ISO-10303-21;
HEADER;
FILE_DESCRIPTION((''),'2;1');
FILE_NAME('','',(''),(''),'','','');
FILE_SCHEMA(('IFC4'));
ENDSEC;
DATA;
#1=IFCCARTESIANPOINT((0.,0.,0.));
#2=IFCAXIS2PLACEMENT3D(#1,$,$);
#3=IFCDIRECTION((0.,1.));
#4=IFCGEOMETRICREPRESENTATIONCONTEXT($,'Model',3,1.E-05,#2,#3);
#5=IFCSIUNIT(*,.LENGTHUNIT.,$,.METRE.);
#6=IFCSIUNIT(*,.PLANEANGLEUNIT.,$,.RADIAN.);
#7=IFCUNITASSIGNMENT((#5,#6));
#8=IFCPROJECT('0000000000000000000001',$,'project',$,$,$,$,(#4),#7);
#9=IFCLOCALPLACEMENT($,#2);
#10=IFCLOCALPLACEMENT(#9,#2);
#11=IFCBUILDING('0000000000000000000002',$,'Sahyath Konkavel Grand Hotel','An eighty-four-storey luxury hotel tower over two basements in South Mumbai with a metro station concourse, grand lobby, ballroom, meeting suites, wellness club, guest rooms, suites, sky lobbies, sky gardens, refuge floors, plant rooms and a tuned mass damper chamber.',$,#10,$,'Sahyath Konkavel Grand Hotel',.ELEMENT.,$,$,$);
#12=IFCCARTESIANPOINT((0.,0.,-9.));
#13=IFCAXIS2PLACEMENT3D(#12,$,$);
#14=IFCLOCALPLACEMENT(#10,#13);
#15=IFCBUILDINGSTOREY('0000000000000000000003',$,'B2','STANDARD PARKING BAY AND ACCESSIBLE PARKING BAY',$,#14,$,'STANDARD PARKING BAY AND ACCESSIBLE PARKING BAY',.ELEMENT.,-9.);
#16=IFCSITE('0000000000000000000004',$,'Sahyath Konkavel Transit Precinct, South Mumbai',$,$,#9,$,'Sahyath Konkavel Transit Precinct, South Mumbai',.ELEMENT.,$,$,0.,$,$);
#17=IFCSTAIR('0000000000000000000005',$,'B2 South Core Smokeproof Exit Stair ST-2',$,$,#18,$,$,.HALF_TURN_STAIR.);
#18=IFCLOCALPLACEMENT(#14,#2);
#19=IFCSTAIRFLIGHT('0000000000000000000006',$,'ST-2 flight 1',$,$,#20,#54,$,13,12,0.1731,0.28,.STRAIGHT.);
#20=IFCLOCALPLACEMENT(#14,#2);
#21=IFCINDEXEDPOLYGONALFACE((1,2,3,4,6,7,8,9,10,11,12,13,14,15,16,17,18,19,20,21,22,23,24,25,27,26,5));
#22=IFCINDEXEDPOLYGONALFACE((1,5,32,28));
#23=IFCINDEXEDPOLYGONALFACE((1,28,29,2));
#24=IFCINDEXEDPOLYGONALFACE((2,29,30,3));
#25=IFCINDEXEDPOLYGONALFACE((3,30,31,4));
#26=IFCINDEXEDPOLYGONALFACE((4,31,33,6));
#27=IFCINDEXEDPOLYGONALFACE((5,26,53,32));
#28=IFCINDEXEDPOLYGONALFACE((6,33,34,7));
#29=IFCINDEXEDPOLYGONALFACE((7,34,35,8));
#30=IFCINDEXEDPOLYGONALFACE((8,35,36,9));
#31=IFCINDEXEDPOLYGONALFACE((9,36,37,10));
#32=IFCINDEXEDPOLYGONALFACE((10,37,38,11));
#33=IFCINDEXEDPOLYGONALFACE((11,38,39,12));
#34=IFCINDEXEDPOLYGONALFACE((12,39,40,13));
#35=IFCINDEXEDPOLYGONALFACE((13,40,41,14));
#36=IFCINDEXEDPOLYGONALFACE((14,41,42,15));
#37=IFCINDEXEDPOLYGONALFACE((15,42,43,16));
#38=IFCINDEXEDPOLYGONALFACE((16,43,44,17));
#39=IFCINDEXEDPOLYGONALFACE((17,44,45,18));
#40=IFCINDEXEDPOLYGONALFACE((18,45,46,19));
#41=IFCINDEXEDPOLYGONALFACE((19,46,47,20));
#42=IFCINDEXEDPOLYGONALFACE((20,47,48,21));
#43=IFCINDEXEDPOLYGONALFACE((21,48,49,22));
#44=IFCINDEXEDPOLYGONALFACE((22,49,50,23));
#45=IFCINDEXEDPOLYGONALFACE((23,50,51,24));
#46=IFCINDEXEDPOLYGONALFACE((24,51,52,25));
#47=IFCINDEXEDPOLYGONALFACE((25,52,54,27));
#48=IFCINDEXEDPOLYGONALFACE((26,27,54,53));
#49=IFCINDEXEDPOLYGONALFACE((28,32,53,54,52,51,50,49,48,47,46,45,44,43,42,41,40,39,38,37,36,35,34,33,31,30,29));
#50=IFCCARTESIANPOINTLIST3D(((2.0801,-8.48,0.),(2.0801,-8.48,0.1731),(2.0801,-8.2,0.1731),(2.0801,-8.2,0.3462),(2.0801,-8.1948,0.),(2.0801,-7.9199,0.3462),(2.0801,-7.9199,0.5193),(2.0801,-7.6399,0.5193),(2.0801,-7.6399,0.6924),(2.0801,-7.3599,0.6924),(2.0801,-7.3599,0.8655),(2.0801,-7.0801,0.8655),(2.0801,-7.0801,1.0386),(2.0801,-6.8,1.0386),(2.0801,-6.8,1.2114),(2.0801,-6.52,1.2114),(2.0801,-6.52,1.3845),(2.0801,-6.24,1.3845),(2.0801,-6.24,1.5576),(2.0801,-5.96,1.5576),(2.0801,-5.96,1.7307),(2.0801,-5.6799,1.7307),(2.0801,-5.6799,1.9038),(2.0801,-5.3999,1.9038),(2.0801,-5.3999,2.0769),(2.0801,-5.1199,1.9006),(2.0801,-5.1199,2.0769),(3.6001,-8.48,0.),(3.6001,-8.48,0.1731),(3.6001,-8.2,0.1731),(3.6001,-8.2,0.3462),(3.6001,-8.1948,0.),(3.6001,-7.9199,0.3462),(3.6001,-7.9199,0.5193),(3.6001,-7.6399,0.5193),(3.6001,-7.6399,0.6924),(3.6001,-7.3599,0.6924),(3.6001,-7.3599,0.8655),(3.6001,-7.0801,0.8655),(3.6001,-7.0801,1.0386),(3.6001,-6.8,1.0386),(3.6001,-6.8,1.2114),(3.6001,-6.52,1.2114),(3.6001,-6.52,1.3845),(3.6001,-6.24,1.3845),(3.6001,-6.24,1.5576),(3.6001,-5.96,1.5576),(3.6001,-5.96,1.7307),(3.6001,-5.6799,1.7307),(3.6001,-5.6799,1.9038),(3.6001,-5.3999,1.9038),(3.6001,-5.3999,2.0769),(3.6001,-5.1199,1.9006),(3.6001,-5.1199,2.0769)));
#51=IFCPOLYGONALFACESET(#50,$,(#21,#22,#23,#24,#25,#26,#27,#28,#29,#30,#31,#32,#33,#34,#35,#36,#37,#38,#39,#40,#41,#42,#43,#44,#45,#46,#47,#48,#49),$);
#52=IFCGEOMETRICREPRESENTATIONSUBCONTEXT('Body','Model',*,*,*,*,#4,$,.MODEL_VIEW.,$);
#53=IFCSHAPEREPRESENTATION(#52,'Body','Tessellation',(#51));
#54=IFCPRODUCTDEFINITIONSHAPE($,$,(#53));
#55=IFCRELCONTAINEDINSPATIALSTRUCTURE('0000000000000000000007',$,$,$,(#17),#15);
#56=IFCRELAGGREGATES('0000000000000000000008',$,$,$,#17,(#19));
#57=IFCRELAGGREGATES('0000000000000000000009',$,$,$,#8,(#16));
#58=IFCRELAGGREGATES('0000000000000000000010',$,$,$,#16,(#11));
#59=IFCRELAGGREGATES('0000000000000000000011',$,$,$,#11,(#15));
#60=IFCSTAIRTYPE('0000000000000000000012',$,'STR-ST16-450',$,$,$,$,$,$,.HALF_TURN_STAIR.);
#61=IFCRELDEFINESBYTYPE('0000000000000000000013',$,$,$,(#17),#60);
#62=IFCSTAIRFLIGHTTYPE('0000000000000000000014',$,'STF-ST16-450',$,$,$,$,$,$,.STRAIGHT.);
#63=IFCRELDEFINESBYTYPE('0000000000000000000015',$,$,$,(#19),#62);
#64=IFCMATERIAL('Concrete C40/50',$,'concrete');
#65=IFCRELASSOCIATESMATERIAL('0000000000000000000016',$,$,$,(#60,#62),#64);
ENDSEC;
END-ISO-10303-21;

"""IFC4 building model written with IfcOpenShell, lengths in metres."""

from ifc_helpers import new_model, si_unit, direction, frame, origin, place, context, subcontext, project, spatial, polyline, outline, extrude, material, type_object, element, aggregate, save


model = new_model("IFC4")

# Units and contexts
model_context = context("Model", 3, precision=1e-05, world=origin(), true_north=direction((0.0, 1.0)))
body_context = subcontext(model_context, "Body", "Model", "MODEL_VIEW")
ifc_project = project(units=[si_unit("LENGTHUNIT", "METRE"), si_unit("PLANEANGLEUNIT", "RADIAN")], contexts=[model_context])

# Site, building, storey
site_placement = place(None, origin())
site = spatial("IfcSite", under=ifc_project, at=site_placement, Name="Sahyath Konkavel Transit Precinct, South Mumbai", LongName="Sahyath Konkavel Transit Precinct, South Mumbai", CompositionType="ELEMENT", RefElevation=0.0)
building_placement = place(site_placement, origin())
building = spatial("IfcBuilding", under=site, at=building_placement, Name="Sahyath Konkavel Grand Hotel", Description="An eighty-four-storey luxury hotel tower over two basements in South Mumbai with a metro station concourse, grand lobby, ballroom, meeting suites, wellness club, guest rooms, suites, sky lobbies, sky gardens, refuge floors, plant rooms and a tuned mass damper chamber.", LongName="Sahyath Konkavel Grand Hotel", CompositionType="ELEMENT")
storey_placement = place(building_placement, frame((0.0, 0.0, -9.0)))
storey = spatial("IfcBuildingStorey", under=building, at=storey_placement, Name="B2", Description="STANDARD PARKING BAY AND ACCESSIBLE PARKING BAY", LongName="STANDARD PARKING BAY AND ACCESSIBLE PARKING BAY", CompositionType="ELEMENT", Elevation=-9.0)

# Shared definitions
ifc_material_1 = material(Name="Concrete C40/50", Category="concrete")

# Stair, stair flight
stair_type = type_object("IfcStairType", Name="STR-ST16-450", PredefinedType="HALF_TURN_STAIR", material=ifc_material_1)
stair_placement = place(storey_placement, origin())
stair = element("IfcStair", 1, at=stair_placement, inside=storey, type_object=stair_type, Name="B2 South Core Smokeproof Exit Stair ST-2", PredefinedType="HALF_TURN_STAIR")
stair_flight_type = type_object("IfcStairFlightType", Name="STF-ST16-450", PredefinedType="STRAIGHT", material=ifc_material_1)
stair_flight_placement = place(storey_placement, frame((2.8401, -8.48, 0.0), z_axis=(0.0, 0.0, 1.0), x_axis=(0.0, 1.0, 0.0)))
stair_flight = element("IfcStairFlight", 2, at=stair_flight_placement, type_object=stair_flight_type, Name="ST-2 flight 1", NumberOfRisers=13, NumberOfTreads=12, PredefinedType="STRAIGHT", RiserHeight=0.1731, TreadLength=0.28, context=body_context, shape_type="SweptSolid", body=[
    extrude(outline(polyline([(0.0, 0.0), (0.0, 0.1731), (0.28, 0.1731), (0.28, 0.3462), (0.5601, 0.3462), (0.5601, 0.5193), (0.8401, 0.5193), (0.8401, 0.6924), (1.1201, 0.6924), (1.1201, 0.8655), (1.3999, 0.8655), (1.3999, 1.0386), (1.6799, 1.0386), (1.6799, 1.2114), (1.96, 1.2114), (1.96, 1.3845), (2.24, 1.3845), (2.24, 1.5576), (2.52, 1.5576), (2.52, 1.7307), (2.8, 1.7307), (2.8, 1.9038), (3.0801, 1.9038), (3.0801, 2.0769), (3.3601, 2.0769), (3.3601, 2.25), (3.3601, 1.9006), (0.2852, 0.0), (0.0, 0.0)])), frame((0.0, 0.76, 0.0), z_axis=(0.0, -1.0, 0.0), x_axis=(1.0, 0.0, 0.0)), (0.0, 0.0, 1.0), 1.52),
])
aggregate(stair, [stair_flight])

save(model, "model.ifc")
